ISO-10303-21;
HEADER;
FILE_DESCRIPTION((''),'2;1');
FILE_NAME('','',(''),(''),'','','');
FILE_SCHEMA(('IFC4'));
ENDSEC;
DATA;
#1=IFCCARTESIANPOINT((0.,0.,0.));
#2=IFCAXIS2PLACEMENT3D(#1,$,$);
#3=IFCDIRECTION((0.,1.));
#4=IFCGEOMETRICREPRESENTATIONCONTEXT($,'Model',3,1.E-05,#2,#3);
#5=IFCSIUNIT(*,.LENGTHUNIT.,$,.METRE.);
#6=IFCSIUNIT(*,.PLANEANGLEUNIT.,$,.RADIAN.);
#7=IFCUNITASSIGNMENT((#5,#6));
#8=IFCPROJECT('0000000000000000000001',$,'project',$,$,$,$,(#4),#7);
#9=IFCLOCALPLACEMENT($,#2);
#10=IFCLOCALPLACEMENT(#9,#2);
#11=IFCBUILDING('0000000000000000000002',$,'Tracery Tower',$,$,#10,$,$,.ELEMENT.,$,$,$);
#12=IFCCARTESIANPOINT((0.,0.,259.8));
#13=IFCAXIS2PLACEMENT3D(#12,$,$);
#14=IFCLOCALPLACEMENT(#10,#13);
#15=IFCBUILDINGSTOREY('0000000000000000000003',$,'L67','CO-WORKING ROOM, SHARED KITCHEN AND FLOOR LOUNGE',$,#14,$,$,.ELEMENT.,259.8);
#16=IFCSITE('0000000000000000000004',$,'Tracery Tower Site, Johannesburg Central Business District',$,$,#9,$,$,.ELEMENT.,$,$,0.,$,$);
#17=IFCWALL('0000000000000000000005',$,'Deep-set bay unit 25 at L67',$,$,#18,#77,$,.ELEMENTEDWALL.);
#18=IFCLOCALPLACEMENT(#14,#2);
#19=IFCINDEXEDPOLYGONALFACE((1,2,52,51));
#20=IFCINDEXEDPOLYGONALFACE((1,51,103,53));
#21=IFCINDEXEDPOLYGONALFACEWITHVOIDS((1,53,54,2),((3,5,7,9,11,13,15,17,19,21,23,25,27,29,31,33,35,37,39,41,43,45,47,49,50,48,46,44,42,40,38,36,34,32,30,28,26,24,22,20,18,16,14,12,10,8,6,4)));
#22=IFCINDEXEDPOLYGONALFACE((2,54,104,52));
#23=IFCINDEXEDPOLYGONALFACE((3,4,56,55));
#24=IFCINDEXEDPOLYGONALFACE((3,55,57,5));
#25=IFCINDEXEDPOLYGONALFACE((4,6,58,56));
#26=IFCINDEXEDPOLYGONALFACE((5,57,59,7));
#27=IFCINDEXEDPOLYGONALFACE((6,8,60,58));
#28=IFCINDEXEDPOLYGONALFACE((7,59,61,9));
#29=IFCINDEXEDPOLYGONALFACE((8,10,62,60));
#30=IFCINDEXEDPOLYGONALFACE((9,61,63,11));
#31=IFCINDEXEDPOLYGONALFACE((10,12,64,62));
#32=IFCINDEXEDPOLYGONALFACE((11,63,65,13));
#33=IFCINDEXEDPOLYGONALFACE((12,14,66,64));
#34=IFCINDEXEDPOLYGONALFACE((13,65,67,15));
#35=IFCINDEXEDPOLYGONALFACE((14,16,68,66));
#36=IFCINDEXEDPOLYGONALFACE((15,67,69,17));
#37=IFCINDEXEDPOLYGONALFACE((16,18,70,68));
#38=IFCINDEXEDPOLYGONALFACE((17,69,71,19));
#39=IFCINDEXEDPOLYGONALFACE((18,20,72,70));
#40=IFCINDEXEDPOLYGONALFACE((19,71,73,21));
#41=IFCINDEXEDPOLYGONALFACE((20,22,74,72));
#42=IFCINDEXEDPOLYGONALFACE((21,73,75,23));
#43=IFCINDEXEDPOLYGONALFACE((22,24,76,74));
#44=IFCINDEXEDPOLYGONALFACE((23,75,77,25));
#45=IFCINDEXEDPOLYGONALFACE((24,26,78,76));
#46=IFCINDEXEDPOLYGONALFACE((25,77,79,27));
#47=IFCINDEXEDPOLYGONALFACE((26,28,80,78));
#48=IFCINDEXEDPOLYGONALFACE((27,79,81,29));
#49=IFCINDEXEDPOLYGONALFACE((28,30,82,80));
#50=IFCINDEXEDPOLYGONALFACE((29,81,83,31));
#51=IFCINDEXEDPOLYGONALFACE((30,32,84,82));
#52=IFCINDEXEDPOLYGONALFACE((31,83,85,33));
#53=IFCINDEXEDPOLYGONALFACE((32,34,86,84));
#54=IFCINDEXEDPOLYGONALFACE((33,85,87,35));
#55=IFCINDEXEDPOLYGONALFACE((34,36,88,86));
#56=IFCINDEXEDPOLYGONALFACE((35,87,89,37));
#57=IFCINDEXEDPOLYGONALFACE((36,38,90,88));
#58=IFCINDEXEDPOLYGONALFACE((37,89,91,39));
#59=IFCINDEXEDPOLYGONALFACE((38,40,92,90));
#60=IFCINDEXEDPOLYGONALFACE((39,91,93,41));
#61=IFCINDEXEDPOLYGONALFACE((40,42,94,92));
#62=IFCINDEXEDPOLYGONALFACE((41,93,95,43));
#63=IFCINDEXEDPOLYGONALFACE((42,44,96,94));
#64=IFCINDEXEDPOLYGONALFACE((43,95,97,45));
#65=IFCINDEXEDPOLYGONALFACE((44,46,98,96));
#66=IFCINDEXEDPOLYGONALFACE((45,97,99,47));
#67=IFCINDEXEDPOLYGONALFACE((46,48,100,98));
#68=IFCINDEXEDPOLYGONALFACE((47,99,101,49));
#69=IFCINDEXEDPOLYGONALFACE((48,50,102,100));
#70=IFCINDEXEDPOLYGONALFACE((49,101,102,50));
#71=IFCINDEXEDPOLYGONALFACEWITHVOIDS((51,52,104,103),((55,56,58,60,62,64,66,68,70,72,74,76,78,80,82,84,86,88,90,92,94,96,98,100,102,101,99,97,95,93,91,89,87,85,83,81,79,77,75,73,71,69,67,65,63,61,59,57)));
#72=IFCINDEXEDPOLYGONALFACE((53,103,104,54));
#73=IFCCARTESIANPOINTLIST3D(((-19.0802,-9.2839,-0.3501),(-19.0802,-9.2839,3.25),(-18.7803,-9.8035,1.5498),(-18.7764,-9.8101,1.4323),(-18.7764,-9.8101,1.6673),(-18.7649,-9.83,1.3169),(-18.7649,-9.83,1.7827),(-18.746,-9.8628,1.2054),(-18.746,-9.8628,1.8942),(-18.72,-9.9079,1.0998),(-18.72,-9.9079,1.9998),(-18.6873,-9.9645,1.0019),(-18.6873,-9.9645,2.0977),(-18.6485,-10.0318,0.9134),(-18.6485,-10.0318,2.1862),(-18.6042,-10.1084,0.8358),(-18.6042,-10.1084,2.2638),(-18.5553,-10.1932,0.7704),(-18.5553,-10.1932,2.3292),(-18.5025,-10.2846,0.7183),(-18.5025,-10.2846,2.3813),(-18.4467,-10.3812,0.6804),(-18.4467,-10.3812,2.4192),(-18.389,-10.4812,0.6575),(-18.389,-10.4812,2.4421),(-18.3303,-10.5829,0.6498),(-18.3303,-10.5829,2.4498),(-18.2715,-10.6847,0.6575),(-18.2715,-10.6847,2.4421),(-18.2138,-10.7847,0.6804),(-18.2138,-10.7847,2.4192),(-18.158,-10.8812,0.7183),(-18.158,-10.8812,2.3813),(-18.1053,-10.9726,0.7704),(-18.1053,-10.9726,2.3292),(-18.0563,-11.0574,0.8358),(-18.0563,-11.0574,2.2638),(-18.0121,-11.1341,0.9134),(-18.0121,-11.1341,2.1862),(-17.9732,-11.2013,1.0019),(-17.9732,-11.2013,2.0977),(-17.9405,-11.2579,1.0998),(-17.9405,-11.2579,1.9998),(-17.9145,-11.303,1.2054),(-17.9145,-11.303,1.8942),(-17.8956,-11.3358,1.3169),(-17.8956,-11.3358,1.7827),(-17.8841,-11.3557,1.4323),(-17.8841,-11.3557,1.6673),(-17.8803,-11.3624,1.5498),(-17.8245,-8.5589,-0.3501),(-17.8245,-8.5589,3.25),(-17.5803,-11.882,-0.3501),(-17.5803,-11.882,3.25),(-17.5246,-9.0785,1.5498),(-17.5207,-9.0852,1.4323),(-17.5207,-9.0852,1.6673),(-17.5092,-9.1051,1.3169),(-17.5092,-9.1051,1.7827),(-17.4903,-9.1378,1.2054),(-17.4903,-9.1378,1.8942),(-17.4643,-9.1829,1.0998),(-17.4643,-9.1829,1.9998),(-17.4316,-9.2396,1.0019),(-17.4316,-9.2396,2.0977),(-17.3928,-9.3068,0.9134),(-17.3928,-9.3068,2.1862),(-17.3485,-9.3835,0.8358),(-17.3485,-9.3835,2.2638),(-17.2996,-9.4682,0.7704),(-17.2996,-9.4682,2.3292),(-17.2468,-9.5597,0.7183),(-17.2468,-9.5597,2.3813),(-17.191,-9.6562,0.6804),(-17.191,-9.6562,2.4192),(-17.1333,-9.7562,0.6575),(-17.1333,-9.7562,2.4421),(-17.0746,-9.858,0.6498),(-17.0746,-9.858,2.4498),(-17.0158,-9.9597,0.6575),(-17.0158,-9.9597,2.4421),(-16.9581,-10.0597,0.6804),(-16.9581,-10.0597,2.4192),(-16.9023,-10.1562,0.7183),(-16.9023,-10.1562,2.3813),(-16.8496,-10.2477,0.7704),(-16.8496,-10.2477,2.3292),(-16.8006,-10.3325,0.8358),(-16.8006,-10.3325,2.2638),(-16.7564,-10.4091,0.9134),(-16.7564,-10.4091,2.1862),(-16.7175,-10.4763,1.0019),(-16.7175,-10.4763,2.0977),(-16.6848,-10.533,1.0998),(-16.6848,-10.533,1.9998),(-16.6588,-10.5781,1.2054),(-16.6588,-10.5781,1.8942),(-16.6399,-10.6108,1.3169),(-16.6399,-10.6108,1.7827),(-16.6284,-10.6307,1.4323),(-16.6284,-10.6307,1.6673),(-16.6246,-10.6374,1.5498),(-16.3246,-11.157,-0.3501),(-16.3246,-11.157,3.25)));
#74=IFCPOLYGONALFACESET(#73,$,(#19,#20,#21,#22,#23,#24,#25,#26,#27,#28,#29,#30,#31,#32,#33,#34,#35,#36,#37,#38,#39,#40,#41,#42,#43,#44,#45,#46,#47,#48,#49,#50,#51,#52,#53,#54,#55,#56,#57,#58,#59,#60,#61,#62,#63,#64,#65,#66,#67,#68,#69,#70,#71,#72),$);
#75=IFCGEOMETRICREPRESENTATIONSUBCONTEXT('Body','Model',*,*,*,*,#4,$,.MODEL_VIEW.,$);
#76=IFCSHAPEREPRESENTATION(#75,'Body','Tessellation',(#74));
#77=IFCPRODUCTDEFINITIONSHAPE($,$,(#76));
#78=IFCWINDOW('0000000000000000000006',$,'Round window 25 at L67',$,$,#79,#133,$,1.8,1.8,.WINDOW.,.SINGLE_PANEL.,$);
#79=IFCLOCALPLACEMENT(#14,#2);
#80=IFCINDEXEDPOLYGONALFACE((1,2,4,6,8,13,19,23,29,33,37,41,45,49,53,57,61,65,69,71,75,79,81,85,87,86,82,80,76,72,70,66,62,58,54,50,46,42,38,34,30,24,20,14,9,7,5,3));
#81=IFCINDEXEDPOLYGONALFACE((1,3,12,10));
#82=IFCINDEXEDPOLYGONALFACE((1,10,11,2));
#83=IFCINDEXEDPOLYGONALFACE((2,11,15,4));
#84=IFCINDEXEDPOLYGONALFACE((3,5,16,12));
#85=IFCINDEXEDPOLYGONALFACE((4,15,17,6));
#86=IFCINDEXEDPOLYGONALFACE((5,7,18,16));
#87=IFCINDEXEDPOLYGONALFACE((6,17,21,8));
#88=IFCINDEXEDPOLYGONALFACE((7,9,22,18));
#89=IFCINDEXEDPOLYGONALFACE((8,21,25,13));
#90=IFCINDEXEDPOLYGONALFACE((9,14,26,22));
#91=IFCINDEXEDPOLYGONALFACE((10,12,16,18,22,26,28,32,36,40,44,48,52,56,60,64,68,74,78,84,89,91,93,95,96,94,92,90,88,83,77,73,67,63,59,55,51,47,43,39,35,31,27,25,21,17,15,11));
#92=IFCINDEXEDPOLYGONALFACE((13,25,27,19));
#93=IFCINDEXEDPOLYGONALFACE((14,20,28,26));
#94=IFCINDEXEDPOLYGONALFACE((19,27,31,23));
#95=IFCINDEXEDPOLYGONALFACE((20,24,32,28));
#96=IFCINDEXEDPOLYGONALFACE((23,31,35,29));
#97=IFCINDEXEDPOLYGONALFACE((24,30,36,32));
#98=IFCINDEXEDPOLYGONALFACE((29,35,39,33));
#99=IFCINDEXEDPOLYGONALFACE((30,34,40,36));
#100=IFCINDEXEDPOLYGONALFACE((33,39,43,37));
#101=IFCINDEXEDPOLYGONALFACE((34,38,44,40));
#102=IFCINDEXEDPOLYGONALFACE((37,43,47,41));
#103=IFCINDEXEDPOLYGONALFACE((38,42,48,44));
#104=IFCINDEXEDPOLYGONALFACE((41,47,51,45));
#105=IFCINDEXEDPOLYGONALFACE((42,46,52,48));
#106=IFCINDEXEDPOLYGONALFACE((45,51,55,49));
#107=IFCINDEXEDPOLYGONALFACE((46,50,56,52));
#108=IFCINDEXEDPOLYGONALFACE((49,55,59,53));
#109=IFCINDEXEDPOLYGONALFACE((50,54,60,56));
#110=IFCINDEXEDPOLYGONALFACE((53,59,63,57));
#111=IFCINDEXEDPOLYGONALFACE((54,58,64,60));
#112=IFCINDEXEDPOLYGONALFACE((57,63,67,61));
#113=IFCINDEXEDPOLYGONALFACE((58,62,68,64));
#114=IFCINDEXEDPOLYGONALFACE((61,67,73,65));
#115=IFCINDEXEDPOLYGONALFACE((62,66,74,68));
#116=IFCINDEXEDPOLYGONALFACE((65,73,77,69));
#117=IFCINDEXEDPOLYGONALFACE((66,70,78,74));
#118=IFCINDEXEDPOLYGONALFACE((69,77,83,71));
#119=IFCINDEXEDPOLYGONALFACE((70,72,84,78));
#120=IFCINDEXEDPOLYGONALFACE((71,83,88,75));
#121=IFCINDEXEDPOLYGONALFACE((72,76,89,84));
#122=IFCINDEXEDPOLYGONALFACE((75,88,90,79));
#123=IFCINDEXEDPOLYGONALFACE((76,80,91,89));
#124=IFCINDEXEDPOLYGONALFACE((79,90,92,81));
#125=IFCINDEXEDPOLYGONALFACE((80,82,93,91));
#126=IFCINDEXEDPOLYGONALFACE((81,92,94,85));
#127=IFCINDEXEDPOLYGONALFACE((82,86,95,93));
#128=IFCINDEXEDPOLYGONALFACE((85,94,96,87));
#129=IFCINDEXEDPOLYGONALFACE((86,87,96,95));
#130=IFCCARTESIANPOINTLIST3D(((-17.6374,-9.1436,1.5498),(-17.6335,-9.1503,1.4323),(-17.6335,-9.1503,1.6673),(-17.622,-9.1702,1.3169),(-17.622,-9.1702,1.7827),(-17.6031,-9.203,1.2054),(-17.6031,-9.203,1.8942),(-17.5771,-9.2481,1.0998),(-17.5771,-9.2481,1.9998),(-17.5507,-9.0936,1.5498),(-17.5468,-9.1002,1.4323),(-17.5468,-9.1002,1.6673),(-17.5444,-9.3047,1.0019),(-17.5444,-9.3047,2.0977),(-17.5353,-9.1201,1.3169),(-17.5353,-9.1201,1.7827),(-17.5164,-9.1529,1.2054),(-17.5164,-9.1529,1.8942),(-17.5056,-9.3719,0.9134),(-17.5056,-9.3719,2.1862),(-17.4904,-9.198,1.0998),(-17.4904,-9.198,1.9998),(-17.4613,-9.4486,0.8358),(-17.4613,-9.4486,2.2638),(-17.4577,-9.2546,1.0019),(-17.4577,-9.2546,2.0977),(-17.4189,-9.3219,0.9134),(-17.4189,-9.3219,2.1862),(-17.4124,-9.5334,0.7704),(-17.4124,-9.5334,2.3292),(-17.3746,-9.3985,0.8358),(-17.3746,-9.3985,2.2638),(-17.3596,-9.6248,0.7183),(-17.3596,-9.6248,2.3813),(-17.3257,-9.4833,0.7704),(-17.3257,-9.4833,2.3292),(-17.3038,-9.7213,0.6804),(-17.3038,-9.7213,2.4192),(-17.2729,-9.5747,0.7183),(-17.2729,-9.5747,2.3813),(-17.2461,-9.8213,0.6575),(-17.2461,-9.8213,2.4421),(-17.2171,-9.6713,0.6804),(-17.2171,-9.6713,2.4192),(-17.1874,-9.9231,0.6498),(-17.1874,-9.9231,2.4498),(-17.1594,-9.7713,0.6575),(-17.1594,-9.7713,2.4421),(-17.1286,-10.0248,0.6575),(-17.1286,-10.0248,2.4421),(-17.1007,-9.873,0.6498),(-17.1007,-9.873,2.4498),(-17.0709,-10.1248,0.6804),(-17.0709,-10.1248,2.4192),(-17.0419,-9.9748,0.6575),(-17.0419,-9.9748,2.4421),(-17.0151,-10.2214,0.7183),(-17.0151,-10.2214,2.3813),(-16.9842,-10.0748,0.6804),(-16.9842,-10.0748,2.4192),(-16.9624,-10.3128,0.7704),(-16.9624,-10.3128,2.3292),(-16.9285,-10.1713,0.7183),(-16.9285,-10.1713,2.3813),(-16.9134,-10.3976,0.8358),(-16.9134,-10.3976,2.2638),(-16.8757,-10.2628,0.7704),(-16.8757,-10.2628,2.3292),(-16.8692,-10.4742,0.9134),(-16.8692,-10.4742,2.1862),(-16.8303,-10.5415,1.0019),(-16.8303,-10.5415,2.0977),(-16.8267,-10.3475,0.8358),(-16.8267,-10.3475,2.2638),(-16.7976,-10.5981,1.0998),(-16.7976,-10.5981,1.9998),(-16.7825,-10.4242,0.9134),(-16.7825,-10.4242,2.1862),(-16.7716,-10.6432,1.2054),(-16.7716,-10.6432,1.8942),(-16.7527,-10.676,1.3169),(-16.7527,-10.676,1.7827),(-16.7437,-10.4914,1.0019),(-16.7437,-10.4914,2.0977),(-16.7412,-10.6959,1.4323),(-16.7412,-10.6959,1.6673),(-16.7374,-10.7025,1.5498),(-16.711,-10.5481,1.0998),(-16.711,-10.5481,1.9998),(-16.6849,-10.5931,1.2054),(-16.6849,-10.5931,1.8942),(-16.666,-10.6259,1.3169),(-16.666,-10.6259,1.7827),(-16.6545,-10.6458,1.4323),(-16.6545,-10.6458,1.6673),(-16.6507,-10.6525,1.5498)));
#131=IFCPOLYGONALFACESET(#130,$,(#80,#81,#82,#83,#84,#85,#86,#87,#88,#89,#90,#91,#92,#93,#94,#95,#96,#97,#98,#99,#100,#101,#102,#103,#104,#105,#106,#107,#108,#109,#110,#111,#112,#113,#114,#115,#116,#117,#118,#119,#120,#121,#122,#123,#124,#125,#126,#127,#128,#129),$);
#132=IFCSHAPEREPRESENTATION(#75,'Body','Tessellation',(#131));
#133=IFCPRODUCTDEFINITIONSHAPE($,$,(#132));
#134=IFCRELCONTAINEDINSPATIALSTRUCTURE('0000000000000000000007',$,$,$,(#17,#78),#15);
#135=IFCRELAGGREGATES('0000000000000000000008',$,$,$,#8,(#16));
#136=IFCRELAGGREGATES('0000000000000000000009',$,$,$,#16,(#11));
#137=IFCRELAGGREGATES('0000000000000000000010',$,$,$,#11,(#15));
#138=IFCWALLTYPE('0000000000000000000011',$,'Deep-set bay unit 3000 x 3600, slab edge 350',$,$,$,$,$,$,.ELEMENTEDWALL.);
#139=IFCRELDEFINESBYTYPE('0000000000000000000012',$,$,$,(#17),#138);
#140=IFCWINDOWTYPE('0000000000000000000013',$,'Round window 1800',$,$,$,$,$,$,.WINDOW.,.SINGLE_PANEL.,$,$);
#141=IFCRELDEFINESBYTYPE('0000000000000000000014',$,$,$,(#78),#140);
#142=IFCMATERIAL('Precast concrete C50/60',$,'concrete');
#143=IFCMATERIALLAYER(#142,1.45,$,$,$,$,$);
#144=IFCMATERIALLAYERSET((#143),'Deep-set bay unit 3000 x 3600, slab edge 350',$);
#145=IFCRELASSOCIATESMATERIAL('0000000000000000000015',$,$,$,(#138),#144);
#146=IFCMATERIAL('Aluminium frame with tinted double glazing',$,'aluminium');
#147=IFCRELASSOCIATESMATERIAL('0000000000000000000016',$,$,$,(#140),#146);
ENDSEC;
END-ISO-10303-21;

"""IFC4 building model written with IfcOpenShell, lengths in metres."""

from ifc_helpers import new_model, si_unit, direction, frame, frame_2d, origin, origin_2d, place, context, subcontext, project, spatial, rectangle, circle, extrude, material, layer, layer_set, type_object, element, fill, save


model = new_model("IFC4")

# Units and contexts
model_context = context("Model", 3, precision=1e-05, world=origin(), true_north=direction((0.0, 1.0)))
body_context = subcontext(model_context, "Body", "Model", "MODEL_VIEW")
ifc_project = project(units=[si_unit("LENGTHUNIT", "METRE"), si_unit("PLANEANGLEUNIT", "RADIAN")], contexts=[model_context])

# Site, building, storey
site_placement = place(None, origin())
site = spatial("IfcSite", under=ifc_project, at=site_placement, Name="Tracery Tower Site, Johannesburg Central Business District", CompositionType="ELEMENT", RefElevation=0.0)
building_placement = place(site_placement, origin())
building = spatial("IfcBuilding", under=site, at=building_placement, Name="Tracery Tower", CompositionType="ELEMENT")
storey_placement = place(building_placement, frame((0.0, 0.0, 259.8)))
storey = spatial("IfcBuildingStorey", under=building, at=storey_placement, Name="L67", Description="CO-WORKING ROOM, SHARED KITCHEN AND FLOOR LOUNGE", CompositionType="ELEMENT", Elevation=259.8)

# Wall, opening, window
ifc_material_1 = material(Name="Precast concrete C50/60", Category="concrete")
ifc_layer_1 = layer(ifc_material_1, 1.45)
ifc_layer_set_1 = layer_set([ifc_layer_1], Name="Deep-set bay unit 3000 x 3600, slab edge 350")
wall_type_1 = type_object("IfcWallType", Name="Deep-set bay unit 3000 x 3600, slab edge 350", PredefinedType="ELEMENTEDWALL", material=ifc_layer_set_1)
wall_1_placement = place(storey_placement, frame((-18.4524, -8.9214, -0.3501), z_axis=(0.0, 0.0, 1.0), x_axis=(0.49999, -0.866031, 0.0)))
wall_1 = element("IfcWall", 1, at=wall_1_placement, inside=storey, type_object=wall_type_1, Name="Deep-set bay unit 25 at L67", PredefinedType="ELEMENTEDWALL", context=body_context, shape_type="SweptSolid", body=[
    extrude(rectangle(XDim=3.0, YDim=1.45, at=frame_2d((1.5, 0.0))), origin(), (0.0, 0.0, 1.0), 3.6001),
])
opening_1_placement = place(wall_1_placement, frame((1.5, 0.0, 1.8999)))
opening_1 = element("IfcOpeningElement", 2, at=opening_1_placement, cuts=wall_1, PredefinedType="OPENING", context=body_context, shape_type="SweptSolid", body=[
    extrude(circle(Radius=0.9, at=origin_2d()), frame((0.0, 0.7349, 0.0), z_axis=(0.0, -1.0, 0.0), x_axis=(1.0, 0.0, 0.0)), (0.0, 0.0, 1.0), 1.47),
])
ifc_material_2 = material(Name="Aluminium frame with tinted double glazing", Category="aluminium")
window_type = type_object("IfcWindowType", Name="Round window 1800", PartitioningType="SINGLE_PANEL", PredefinedType="WINDOW", material=ifc_material_2)
window_1_placement = place(opening_1_placement, origin())
window_1 = element("IfcWindow", 3, at=window_1_placement, inside=storey, type_object=window_type, Name="Round window 25 at L67", OverallHeight=1.8, OverallWidth=1.8, PartitioningType="SINGLE_PANEL", PredefinedType="WINDOW", context=body_context, shape_type="SweptSolid", body=[
    extrude(circle(Radius=0.9, at=origin_2d()), frame((0.0, 0.6948, 0.0), z_axis=(0.0, -1.0, 0.0), x_axis=(1.0, 0.0, 0.0)), (0.0, 0.0, 1.0), 0.1001),
])
fill(opening_1, window_1)

save(model, "model.ifc")
